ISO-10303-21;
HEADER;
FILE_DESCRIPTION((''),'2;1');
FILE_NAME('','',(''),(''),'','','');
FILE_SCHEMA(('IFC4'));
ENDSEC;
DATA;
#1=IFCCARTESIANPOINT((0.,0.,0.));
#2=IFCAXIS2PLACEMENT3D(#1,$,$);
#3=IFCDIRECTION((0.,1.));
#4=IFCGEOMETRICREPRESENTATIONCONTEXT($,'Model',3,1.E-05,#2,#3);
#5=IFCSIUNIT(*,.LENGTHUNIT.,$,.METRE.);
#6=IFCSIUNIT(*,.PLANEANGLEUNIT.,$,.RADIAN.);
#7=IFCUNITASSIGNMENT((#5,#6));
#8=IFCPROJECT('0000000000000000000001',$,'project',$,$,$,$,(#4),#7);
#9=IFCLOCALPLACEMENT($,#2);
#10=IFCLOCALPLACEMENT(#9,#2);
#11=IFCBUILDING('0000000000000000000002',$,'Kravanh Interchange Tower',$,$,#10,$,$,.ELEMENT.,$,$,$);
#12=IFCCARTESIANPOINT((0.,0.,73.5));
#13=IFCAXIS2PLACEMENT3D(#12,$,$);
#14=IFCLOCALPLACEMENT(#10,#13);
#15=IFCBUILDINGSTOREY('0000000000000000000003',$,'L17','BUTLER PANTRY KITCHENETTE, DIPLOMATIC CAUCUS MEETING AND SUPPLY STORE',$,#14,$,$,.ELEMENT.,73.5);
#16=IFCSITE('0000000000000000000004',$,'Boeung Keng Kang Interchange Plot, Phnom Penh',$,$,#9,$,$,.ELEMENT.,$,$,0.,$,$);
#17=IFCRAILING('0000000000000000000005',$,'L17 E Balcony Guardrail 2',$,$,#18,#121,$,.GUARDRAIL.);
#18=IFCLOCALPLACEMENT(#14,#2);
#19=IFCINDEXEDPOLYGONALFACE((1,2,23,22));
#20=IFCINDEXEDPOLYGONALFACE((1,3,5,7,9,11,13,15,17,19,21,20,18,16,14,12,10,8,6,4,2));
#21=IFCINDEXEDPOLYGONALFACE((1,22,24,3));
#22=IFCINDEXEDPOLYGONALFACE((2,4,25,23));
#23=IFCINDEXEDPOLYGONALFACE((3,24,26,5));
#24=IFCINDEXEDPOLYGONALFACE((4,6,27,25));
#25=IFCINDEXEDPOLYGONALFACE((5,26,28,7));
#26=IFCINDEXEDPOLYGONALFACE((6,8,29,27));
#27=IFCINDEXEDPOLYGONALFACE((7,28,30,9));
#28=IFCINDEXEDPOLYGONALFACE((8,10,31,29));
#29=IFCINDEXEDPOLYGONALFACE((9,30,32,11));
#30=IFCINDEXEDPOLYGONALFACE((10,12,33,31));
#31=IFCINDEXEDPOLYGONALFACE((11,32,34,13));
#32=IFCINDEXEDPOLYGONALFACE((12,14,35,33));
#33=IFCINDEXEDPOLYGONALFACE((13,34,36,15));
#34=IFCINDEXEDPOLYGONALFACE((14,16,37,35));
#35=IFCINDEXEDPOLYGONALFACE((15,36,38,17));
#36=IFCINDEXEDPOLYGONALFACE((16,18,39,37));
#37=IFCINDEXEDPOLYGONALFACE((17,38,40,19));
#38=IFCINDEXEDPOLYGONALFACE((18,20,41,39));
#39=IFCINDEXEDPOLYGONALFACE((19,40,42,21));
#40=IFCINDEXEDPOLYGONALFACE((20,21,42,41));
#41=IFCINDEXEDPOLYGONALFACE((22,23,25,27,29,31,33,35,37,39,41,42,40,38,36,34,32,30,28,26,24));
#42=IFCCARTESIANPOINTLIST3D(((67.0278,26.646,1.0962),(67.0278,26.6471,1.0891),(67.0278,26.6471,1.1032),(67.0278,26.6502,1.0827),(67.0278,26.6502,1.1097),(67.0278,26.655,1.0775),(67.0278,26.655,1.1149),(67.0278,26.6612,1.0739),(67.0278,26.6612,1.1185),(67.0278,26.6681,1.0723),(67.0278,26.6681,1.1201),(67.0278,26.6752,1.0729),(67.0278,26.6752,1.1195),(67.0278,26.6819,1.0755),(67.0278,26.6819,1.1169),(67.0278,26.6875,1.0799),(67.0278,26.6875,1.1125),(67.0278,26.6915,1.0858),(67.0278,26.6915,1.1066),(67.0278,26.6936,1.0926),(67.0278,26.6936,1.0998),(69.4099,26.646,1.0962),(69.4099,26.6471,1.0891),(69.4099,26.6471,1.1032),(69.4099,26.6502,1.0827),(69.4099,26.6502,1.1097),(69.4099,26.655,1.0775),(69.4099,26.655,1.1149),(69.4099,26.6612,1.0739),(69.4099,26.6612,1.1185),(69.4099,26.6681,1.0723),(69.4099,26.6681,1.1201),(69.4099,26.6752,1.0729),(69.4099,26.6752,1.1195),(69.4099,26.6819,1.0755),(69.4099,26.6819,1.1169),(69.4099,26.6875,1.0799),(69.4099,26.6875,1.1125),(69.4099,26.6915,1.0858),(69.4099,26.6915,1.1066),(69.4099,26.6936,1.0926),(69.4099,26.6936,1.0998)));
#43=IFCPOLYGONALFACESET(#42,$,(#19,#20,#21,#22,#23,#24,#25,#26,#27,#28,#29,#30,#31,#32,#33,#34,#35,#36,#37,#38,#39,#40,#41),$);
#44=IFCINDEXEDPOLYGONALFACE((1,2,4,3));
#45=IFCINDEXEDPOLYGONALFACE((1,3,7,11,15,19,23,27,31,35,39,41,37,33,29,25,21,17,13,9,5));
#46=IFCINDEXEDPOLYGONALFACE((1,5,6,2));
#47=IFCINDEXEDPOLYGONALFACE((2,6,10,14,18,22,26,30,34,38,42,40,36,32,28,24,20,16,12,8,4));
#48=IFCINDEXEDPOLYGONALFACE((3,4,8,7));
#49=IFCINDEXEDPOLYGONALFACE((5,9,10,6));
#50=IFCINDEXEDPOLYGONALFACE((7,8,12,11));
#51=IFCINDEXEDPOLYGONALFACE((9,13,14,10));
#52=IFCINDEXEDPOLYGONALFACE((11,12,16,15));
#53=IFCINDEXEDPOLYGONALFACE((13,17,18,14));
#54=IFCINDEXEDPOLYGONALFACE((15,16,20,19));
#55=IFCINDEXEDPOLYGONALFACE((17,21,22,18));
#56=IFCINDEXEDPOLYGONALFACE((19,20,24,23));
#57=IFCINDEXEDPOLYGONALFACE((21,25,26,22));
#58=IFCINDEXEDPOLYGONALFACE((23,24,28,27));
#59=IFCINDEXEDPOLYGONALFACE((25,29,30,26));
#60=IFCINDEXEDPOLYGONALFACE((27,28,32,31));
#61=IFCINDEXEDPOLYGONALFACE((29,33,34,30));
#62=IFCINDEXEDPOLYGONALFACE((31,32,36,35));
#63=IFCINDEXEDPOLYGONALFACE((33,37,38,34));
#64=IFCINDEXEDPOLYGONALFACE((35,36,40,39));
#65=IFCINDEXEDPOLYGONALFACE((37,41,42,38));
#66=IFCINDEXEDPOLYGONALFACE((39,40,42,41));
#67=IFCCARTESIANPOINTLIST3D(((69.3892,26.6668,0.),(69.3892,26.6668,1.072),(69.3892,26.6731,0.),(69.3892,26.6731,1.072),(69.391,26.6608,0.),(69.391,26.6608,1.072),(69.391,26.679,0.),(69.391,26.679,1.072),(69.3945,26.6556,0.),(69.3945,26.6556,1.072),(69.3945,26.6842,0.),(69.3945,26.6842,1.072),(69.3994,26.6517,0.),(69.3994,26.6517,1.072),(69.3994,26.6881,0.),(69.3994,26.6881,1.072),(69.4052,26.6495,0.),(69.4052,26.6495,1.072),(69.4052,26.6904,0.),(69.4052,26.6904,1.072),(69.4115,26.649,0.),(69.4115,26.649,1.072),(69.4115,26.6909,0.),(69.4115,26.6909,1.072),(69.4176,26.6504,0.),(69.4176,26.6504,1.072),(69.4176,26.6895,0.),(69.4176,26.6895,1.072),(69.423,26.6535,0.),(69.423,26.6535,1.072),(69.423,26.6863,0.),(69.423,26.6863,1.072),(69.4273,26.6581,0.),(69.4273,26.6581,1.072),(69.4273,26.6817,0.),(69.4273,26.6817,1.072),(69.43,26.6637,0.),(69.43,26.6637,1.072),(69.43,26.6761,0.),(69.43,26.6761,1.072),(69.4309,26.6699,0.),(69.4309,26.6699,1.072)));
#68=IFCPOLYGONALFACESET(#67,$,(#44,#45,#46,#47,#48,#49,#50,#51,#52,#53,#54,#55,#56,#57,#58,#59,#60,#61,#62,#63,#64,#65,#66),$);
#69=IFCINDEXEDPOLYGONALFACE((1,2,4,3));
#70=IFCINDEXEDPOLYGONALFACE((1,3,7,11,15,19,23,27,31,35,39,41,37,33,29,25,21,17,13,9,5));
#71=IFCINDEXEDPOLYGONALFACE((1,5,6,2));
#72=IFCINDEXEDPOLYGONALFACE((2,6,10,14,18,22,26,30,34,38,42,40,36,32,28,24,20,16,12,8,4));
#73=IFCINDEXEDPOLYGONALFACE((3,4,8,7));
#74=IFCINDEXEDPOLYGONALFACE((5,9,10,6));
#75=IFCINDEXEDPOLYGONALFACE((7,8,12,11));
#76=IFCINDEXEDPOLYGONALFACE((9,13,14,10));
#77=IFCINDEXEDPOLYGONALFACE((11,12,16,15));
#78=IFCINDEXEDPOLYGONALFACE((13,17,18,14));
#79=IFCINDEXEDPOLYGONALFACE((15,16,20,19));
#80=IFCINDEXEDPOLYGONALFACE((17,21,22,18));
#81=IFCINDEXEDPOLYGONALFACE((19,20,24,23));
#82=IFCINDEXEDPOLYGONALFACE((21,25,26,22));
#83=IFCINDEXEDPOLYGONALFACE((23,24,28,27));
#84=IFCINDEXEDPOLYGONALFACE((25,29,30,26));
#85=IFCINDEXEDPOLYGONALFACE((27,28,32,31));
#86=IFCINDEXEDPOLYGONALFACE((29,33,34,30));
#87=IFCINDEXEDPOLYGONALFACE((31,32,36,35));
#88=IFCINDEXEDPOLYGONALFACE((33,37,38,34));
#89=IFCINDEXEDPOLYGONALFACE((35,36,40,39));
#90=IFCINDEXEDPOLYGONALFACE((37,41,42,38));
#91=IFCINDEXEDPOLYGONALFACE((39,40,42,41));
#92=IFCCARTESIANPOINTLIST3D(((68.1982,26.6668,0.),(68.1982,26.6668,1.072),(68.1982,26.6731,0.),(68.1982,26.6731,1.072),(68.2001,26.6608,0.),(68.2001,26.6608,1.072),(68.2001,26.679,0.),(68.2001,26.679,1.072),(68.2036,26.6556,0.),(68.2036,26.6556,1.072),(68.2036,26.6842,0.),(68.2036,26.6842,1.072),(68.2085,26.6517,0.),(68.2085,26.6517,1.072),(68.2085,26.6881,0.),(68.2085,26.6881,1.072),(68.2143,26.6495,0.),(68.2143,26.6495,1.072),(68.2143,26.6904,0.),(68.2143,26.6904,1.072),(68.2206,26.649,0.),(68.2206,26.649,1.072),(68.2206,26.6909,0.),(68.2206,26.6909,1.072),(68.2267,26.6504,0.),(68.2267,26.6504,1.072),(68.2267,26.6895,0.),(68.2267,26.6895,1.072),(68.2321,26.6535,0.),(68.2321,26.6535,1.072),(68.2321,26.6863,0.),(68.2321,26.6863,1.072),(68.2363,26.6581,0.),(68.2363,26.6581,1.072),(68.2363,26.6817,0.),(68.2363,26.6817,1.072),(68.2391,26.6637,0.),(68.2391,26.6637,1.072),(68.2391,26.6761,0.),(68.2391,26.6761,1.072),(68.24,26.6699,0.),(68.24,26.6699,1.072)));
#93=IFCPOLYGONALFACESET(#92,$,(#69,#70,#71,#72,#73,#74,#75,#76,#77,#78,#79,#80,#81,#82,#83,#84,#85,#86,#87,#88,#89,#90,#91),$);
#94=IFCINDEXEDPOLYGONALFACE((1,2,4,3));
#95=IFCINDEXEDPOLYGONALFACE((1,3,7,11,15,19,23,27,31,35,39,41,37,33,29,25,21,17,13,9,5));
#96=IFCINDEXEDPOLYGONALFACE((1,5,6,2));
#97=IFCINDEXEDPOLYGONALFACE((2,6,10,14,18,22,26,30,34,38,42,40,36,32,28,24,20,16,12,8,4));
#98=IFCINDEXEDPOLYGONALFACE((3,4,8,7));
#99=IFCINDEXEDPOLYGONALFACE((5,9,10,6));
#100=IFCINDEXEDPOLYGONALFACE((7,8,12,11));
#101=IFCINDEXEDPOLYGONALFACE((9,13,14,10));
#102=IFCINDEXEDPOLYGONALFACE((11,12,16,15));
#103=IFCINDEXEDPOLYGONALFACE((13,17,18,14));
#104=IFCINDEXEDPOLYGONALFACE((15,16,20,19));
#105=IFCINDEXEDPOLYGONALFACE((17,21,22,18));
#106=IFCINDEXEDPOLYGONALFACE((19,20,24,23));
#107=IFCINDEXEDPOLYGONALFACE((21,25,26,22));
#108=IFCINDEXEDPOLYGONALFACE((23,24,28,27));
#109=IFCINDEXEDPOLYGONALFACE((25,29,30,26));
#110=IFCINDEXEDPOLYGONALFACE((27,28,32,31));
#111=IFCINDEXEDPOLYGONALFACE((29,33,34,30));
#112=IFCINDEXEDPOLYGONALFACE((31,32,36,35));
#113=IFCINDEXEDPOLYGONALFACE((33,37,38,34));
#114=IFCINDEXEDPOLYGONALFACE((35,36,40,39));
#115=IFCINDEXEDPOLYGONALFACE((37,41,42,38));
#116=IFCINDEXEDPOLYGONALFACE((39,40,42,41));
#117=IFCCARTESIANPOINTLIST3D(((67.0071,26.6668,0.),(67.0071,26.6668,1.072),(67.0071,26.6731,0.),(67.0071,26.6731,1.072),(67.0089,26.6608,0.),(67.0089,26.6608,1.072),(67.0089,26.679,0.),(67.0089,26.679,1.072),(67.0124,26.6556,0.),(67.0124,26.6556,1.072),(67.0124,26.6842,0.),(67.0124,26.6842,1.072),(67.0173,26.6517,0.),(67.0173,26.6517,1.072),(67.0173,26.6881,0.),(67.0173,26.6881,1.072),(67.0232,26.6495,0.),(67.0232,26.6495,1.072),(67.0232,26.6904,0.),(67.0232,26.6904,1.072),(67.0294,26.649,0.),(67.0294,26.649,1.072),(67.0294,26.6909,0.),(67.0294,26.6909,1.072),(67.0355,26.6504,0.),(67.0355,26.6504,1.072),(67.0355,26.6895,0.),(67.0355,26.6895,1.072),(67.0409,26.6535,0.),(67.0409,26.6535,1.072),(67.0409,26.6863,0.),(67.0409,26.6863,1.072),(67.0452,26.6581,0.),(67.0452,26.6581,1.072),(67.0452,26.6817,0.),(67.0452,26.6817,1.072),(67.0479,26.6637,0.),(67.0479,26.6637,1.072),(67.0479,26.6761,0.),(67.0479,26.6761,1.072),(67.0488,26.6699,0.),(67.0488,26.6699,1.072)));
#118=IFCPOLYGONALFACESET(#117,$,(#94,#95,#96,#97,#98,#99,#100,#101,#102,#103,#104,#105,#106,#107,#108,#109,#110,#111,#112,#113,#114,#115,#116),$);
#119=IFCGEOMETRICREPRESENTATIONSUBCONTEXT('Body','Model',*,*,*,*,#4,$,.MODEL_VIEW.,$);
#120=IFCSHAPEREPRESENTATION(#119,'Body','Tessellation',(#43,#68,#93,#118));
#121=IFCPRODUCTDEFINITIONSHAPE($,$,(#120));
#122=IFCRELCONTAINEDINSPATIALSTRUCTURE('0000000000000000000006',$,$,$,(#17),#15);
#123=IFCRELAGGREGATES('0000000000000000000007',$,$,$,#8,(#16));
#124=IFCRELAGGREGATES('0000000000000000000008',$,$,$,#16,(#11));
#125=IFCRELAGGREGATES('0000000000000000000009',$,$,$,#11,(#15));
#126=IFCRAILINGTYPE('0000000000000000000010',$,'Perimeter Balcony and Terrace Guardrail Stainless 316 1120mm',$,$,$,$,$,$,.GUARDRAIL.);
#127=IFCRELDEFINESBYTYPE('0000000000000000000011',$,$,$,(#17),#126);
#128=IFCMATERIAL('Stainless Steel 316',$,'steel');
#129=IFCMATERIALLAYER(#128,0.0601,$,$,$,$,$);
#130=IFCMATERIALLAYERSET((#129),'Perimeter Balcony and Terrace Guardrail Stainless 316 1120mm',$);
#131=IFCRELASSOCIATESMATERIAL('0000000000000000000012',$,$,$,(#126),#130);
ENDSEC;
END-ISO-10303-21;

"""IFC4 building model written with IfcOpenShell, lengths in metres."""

from ifc_helpers import new_model, si_unit, direction, frame, origin, origin_2d, place, context, subcontext, project, spatial, circle, extrude, material, layer, layer_set, type_object, element, save


model = new_model("IFC4")

# Units and contexts
model_context = context("Model", 3, precision=1e-05, world=origin(), true_north=direction((0.0, 1.0)))
body_context = subcontext(model_context, "Body", "Model", "MODEL_VIEW")
ifc_project = project(units=[si_unit("LENGTHUNIT", "METRE"), si_unit("PLANEANGLEUNIT", "RADIAN")], contexts=[model_context])

# Site, building, storey
site_placement = place(None, origin())
site = spatial("IfcSite", under=ifc_project, at=site_placement, Name="Boeung Keng Kang Interchange Plot, Phnom Penh", CompositionType="ELEMENT", RefElevation=0.0)
building_placement = place(site_placement, origin())
building = spatial("IfcBuilding", under=site, at=building_placement, Name="Kravanh Interchange Tower", CompositionType="ELEMENT")
storey_placement = place(building_placement, frame((0.0, 0.0, 73.5)))
storey = spatial("IfcBuildingStorey", under=building, at=storey_placement, Name="L17", Description="BUTLER PANTRY KITCHENETTE, DIPLOMATIC CAUCUS MEETING AND SUPPLY STORE", CompositionType="ELEMENT", Elevation=73.5)

# Railing
ifc_material_1 = material(Name="Stainless Steel 316", Category="steel")
ifc_layer_1 = layer(ifc_material_1, 0.0601)
ifc_layer_set_1 = layer_set([ifc_layer_1], Name="Perimeter Balcony and Terrace Guardrail Stainless 316 1120mm")
railing_type = type_object("IfcRailingType", Name="Perimeter Balcony and Terrace Guardrail Stainless 316 1120mm", PredefinedType="GUARDRAIL", material=ifc_layer_set_1)
railing_placement = place(storey_placement, frame((69.4099, 26.6699, 0.0)))
element("IfcRailing", 1, at=railing_placement, inside=storey, type_object=railing_type, Name="L17 E Balcony Guardrail 2", PredefinedType="GUARDRAIL", context=body_context, shape_type="SweptSolid", body=[
    extrude(circle(Radius=0.0239, at=origin_2d()), frame((0.0, 0.0, 1.0962), z_axis=(-1.0, 0.0, 0.0), x_axis=(0.0, -1.0, 0.0)), (0.0, 0.0, 1.0), 2.3821),
    extrude(circle(Radius=0.021, at=origin_2d()), origin(), (0.0, 0.0, 1.0), 1.072),
    extrude(circle(Radius=0.021, at=origin_2d()), frame((-1.1909, 0.0, 0.0)), (0.0, 0.0, 1.0), 1.072),
    extrude(circle(Radius=0.021, at=origin_2d()), frame((-2.3821, 0.0, 0.0)), (0.0, 0.0, 1.0), 1.072),
])

save(model, "model.ifc")
